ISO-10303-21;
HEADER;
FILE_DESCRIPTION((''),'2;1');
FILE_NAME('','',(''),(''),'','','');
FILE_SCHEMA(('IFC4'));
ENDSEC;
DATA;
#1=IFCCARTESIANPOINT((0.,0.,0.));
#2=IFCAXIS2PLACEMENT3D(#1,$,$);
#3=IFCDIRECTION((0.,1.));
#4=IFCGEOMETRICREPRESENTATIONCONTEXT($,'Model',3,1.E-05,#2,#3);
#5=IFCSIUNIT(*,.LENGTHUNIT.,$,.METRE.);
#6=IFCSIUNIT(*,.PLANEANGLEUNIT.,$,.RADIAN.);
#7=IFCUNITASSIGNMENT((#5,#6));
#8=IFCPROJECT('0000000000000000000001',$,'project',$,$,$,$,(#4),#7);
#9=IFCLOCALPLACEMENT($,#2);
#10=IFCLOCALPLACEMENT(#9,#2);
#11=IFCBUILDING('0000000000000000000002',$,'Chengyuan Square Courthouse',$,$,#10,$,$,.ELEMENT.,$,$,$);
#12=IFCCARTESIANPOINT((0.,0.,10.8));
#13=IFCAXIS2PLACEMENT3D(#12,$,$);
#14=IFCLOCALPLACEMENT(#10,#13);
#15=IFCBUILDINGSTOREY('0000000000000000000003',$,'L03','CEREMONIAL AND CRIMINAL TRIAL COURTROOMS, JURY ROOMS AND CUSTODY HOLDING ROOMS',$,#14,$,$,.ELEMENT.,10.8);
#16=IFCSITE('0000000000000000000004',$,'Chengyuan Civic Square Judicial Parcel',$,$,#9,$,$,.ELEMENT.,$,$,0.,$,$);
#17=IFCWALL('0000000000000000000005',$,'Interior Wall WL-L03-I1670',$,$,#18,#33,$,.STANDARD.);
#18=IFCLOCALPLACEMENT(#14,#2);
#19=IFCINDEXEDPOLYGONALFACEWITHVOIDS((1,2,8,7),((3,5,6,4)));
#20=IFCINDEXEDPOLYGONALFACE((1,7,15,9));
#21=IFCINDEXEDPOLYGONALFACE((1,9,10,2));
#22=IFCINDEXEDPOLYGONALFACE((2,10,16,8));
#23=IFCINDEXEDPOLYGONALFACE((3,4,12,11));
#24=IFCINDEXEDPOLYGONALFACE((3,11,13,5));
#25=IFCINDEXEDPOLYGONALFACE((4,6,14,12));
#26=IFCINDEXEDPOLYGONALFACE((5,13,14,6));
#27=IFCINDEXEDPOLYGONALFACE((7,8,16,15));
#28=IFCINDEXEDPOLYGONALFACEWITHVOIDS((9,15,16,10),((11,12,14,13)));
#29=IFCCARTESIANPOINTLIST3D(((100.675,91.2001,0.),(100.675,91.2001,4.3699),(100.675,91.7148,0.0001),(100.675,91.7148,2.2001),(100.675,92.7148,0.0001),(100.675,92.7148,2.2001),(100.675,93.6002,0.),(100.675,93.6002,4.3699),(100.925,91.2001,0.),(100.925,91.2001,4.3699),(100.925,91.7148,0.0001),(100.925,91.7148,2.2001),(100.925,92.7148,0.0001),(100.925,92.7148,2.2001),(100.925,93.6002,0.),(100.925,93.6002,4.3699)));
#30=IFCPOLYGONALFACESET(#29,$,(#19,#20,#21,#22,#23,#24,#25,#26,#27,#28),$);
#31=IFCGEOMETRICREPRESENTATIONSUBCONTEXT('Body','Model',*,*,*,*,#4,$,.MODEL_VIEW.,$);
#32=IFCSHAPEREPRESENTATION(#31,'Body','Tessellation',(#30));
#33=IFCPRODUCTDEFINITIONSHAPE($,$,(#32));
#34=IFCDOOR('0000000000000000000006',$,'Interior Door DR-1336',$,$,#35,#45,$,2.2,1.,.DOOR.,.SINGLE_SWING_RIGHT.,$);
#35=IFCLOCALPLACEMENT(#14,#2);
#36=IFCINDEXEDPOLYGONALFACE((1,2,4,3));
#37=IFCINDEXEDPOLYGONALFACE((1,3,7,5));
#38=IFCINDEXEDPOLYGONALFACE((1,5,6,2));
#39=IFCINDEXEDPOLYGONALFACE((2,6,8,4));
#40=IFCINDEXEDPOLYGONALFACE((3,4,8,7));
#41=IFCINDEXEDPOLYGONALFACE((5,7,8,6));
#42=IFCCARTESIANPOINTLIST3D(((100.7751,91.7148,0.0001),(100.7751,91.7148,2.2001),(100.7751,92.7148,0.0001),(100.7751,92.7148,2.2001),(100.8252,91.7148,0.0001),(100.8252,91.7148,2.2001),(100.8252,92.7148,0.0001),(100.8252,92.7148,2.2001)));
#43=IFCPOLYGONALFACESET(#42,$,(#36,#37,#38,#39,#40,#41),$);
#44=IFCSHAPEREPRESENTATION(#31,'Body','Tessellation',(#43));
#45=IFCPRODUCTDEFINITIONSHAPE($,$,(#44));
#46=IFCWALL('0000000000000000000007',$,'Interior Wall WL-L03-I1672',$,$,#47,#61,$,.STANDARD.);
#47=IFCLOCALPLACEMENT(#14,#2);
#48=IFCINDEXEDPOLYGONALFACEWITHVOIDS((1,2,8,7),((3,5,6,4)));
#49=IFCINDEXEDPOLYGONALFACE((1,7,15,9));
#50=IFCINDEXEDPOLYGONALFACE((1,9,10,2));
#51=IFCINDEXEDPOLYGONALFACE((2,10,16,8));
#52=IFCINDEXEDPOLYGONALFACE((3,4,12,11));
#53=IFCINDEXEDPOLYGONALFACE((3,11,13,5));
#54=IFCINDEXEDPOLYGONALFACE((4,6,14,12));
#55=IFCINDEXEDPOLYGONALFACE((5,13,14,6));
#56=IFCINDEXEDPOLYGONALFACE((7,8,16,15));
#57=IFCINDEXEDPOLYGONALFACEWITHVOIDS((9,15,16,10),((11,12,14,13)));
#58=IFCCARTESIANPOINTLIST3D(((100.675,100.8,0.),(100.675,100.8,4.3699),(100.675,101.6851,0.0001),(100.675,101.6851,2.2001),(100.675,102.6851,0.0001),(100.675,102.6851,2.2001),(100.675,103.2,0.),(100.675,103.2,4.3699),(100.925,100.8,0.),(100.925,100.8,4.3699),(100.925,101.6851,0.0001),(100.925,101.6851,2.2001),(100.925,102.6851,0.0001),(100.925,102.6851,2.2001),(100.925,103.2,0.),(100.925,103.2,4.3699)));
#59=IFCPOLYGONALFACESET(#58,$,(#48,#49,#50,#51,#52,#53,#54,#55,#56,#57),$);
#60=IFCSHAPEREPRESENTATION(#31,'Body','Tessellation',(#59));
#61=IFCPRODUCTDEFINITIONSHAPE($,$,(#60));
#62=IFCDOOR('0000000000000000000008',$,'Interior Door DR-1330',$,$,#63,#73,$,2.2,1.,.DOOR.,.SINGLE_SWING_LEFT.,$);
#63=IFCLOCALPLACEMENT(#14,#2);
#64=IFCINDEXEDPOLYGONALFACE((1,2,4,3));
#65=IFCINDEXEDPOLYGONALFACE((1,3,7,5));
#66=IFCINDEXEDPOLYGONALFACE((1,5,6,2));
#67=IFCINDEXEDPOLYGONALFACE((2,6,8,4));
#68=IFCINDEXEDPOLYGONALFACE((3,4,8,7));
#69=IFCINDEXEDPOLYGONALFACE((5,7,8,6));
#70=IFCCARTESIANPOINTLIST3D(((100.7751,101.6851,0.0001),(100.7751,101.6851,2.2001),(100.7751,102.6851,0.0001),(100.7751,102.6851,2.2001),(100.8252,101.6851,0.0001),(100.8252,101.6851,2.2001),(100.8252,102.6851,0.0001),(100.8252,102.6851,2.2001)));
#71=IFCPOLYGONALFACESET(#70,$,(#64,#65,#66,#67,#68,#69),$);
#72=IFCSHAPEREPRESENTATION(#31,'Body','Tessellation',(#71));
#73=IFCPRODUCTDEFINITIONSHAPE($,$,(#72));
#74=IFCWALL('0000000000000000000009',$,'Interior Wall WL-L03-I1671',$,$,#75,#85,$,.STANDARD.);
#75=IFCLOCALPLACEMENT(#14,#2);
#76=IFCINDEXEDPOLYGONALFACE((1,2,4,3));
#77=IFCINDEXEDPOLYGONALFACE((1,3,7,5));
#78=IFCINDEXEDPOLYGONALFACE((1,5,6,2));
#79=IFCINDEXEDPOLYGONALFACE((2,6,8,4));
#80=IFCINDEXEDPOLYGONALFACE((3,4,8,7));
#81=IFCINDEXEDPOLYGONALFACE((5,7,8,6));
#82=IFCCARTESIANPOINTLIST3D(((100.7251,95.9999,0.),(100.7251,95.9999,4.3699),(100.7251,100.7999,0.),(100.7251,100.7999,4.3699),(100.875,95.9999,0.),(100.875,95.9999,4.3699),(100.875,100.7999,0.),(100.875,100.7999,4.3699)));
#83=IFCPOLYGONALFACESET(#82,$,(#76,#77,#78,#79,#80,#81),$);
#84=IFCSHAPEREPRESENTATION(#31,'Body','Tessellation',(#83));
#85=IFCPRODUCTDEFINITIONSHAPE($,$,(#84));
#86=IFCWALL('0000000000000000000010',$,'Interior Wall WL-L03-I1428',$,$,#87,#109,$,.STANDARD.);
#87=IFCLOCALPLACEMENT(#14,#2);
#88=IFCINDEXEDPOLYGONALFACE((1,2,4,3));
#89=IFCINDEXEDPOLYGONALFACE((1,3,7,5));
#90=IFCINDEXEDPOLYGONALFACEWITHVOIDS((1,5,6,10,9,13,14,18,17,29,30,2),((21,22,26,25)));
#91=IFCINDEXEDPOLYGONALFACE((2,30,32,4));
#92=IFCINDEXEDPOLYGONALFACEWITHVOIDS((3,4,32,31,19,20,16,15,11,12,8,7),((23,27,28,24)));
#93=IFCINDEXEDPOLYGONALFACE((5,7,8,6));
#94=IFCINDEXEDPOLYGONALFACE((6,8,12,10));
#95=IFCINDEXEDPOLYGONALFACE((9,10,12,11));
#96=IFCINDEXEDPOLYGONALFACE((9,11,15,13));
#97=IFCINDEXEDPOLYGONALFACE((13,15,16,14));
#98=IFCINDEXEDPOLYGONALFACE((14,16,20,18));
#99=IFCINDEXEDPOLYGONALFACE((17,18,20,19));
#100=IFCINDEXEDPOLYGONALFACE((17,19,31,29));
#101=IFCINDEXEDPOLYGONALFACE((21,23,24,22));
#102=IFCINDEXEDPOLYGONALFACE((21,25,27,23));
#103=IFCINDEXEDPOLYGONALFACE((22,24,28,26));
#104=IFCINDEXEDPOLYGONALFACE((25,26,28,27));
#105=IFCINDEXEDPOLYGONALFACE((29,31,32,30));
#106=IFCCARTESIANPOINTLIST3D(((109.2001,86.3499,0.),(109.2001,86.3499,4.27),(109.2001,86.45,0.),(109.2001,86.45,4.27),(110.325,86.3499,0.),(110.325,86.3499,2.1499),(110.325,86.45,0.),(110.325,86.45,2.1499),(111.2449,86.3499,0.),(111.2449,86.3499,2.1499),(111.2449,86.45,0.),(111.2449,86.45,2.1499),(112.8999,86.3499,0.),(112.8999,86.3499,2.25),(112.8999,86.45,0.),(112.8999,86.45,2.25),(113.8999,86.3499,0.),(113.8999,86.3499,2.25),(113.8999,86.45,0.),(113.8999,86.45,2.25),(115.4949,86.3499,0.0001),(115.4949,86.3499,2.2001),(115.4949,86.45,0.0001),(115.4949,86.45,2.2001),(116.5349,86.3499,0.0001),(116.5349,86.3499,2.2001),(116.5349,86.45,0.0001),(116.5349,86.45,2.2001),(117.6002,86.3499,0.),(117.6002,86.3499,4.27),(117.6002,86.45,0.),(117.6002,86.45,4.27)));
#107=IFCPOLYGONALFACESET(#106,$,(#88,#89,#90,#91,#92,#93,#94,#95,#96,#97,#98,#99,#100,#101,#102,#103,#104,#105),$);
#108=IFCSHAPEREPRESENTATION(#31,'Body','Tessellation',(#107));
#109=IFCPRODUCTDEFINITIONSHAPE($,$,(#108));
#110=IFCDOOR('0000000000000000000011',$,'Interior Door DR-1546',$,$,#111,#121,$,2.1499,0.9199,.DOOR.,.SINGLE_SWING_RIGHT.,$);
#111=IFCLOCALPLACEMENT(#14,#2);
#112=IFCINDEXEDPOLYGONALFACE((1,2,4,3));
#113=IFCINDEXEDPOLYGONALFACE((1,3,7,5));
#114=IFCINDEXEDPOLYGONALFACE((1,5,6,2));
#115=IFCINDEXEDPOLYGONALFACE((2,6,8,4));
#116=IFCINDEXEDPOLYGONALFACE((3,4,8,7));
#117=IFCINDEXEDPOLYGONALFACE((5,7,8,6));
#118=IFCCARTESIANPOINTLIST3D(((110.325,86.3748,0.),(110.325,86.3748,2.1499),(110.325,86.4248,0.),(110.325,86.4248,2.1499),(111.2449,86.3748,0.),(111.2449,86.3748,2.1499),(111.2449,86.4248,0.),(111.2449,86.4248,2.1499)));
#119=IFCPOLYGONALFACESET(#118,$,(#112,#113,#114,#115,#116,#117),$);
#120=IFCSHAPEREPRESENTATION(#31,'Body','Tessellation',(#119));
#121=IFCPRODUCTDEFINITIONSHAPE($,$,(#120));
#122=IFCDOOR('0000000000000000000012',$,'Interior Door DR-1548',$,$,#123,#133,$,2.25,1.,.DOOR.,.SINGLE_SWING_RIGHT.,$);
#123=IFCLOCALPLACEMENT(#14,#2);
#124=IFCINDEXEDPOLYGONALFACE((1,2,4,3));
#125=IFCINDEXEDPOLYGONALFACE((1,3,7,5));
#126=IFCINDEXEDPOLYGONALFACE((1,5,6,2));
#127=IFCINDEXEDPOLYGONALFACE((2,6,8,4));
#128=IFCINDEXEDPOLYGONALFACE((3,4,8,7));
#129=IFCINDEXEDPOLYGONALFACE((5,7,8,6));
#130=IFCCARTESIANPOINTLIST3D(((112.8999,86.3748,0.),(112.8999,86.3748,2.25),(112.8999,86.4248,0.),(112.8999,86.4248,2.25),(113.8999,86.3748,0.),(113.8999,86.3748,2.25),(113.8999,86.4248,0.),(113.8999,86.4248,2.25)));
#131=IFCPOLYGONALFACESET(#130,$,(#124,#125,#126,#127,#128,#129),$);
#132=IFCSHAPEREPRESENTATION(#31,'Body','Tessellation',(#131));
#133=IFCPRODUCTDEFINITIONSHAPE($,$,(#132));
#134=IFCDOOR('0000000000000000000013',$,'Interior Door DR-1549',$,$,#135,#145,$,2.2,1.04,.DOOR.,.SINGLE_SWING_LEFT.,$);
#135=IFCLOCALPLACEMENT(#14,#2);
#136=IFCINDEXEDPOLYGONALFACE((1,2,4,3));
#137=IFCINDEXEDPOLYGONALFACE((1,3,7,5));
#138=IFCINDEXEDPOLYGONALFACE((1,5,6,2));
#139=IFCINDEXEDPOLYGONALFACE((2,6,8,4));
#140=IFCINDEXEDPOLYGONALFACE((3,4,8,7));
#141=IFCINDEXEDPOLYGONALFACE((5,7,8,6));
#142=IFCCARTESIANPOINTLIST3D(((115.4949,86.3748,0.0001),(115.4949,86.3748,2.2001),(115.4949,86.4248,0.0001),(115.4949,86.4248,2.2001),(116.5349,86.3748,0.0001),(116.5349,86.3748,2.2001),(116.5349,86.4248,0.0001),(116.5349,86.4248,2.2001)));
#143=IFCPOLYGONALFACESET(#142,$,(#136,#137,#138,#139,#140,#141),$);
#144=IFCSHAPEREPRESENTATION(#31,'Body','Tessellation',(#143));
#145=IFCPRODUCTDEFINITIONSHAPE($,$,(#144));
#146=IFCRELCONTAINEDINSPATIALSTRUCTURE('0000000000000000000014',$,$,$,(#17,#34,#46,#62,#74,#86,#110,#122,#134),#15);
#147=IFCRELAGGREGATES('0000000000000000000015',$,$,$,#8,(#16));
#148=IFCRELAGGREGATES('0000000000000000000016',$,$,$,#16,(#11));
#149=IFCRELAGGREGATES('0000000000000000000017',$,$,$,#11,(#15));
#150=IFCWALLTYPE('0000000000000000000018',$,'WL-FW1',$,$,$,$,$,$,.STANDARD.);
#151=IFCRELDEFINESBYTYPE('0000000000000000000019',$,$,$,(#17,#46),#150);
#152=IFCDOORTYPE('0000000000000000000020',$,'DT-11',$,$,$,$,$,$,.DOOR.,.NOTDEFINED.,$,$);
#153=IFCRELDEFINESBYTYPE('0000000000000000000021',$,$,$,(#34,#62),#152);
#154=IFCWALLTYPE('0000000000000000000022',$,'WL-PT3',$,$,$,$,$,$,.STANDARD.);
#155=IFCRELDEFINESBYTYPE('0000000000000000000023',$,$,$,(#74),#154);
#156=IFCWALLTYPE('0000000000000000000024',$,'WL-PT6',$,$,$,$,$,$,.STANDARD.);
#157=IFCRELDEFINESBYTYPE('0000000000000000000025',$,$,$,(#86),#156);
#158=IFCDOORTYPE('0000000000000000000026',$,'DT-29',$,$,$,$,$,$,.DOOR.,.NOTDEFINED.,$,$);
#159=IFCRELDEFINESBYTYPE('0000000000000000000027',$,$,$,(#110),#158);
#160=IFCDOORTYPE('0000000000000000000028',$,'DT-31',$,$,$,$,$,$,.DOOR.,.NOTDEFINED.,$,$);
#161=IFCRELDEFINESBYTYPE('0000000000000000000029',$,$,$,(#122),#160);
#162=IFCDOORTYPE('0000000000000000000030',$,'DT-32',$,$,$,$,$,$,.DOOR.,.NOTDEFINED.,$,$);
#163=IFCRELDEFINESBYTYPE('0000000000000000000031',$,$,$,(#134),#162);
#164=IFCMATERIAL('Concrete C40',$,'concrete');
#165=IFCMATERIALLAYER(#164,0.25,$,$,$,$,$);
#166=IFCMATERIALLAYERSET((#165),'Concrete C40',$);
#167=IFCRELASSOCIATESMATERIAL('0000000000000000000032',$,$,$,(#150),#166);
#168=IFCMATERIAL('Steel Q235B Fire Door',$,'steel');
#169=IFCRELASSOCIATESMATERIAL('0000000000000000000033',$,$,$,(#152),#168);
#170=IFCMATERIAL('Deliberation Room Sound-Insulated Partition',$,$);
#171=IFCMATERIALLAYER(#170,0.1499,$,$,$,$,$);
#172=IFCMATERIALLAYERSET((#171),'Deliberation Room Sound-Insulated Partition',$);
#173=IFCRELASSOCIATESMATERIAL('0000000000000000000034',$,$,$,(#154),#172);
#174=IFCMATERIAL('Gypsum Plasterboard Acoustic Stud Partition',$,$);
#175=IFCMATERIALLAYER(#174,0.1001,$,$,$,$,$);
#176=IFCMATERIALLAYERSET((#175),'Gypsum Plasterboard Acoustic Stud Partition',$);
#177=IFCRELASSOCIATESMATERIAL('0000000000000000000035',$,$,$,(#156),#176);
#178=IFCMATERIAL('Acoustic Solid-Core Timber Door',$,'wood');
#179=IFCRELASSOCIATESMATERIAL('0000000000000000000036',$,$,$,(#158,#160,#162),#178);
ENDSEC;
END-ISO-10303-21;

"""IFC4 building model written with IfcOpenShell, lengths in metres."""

from ifc_helpers import new_model, si_unit, direction, frame, frame_2d, origin, place, context, subcontext, project, spatial, rectangle, extrude, material, layer, layer_set, type_object, element, fill, save


model = new_model("IFC4")

# Units and contexts
model_context = context("Model", 3, precision=1e-05, world=origin(), true_north=direction((0.0, 1.0)))
body_context = subcontext(model_context, "Body", "Model", "MODEL_VIEW")
ifc_project = project(units=[si_unit("LENGTHUNIT", "METRE"), si_unit("PLANEANGLEUNIT", "RADIAN")], contexts=[model_context])

# Site, building, storey
site_placement = place(None, origin())
site = spatial("IfcSite", under=ifc_project, at=site_placement, Name="Chengyuan Civic Square Judicial Parcel", CompositionType="ELEMENT", RefElevation=0.0)
building_placement = place(site_placement, origin())
building = spatial("IfcBuilding", under=site, at=building_placement, Name="Chengyuan Square Courthouse", CompositionType="ELEMENT")
storey_placement = place(building_placement, frame((0.0, 0.0, 10.8)))
storey = spatial("IfcBuildingStorey", under=building, at=storey_placement, Name="L03", Description="CEREMONIAL AND CRIMINAL TRIAL COURTROOMS, JURY ROOMS AND CUSTODY HOLDING ROOMS", CompositionType="ELEMENT", Elevation=10.8)

# Shared definitions
ifc_material_1 = material(Name="Concrete C40", Category="concrete")

# Walls, openings, doors
ifc_layer_1 = layer(ifc_material_1, 0.25)
ifc_layer_set_1 = layer_set([ifc_layer_1], Name="Concrete C40")
wall_type_1 = type_object("IfcWallType", Name="WL-FW1", PredefinedType="STANDARD", material=ifc_layer_set_1)
wall_1_placement = place(storey_placement, frame((100.8, 91.2, 0.0), z_axis=(0.0, 0.0, 1.0), x_axis=(0.0, 1.0, 0.0)))
wall_1 = element("IfcWall", 1, at=wall_1_placement, inside=storey, type_object=wall_type_1, Name="Interior Wall WL-L03-I1670", PredefinedType="STANDARD", context=body_context, shape_type="SweptSolid", body=[
    extrude(rectangle(XDim=2.4001, YDim=0.25, at=frame_2d((1.2002, 0.0))), origin(), (0.0, 0.0, 1.0), 4.3699),
])
opening_1_placement = place(wall_1_placement, frame((0.5149, 0.0, 0.0)))
opening_1 = element("IfcOpeningElement", 2, at=opening_1_placement, cuts=wall_1, PredefinedType="OPENING", context=body_context, shape_type="SweptSolid", body=[
    extrude(rectangle(XDim=1.0, YDim=2.2, at=frame_2d((0.5, 1.1001))), frame((0.0, 0.137, 0.0), z_axis=(0.0, -1.0, 0.0), x_axis=(1.0, 0.0, 0.0)), (0.0, 0.0, 1.0), 0.2739),
])
ifc_material_2 = material(Name="Steel Q235B Fire Door", Category="steel")
door_type_1 = type_object("IfcDoorType", Name="DT-11", OperationType="NOTDEFINED", PredefinedType="DOOR", material=ifc_material_2)
door_1_placement = place(opening_1_placement, origin())
door_1 = element("IfcDoor", 3, at=door_1_placement, inside=storey, type_object=door_type_1, Name="Interior Door DR-1336", OperationType="SINGLE_SWING_RIGHT", OverallHeight=2.2, OverallWidth=1.0, PredefinedType="DOOR", context=body_context, shape_type="SweptSolid", body=[
    extrude(rectangle(XDim=1.0, YDim=2.2, at=frame_2d((0.5, 1.1001))), frame((0.0, 0.0249, 0.0), z_axis=(0.0, -1.0, 0.0), x_axis=(1.0, 0.0, 0.0)), (0.0, 0.0, 1.0), 0.05),
])
fill(opening_1, door_1)
wall_2_placement = place(storey_placement, frame((100.8, 100.8, 0.0), z_axis=(0.0, 0.0, 1.0), x_axis=(0.0, 1.0, 0.0)))
wall_2 = element("IfcWall", 4, at=wall_2_placement, inside=storey, type_object=wall_type_1, Name="Interior Wall WL-L03-I1672", PredefinedType="STANDARD", context=body_context, shape_type="SweptSolid", body=[
    extrude(rectangle(XDim=2.3999, YDim=0.25, at=frame_2d((1.2, 0.0))), origin(), (0.0, 0.0, 1.0), 4.3699),
])
opening_2_placement = place(wall_2_placement, frame((0.885, 0.0, 0.0)))
opening_2 = element("IfcOpeningElement", 5, at=opening_2_placement, cuts=wall_2, PredefinedType="OPENING", context=body_context, shape_type="SweptSolid", body=[
    extrude(rectangle(XDim=1.0, YDim=2.2, at=frame_2d((0.5, 1.1001))), frame((0.0, 0.137, 0.0), z_axis=(0.0, -1.0, 0.0), x_axis=(1.0, 0.0, 0.0)), (0.0, 0.0, 1.0), 0.2739),
])
door_2_placement = place(opening_2_placement, origin())
door_2 = element("IfcDoor", 6, at=door_2_placement, inside=storey, type_object=door_type_1, Name="Interior Door DR-1330", OperationType="SINGLE_SWING_LEFT", OverallHeight=2.2, OverallWidth=1.0, PredefinedType="DOOR", context=body_context, shape_type="SweptSolid", body=[
    extrude(rectangle(XDim=1.0, YDim=2.2, at=frame_2d((0.5, 1.1001))), frame((0.0, 0.0249, 0.0), z_axis=(0.0, -1.0, 0.0), x_axis=(1.0, 0.0, 0.0)), (0.0, 0.0, 1.0), 0.05),
])
fill(opening_2, door_2)

# Wall
ifc_material_3 = material(Name="Deliberation Room Sound-Insulated Partition")
ifc_layer_2 = layer(ifc_material_3, 0.1499)
ifc_layer_set_2 = layer_set([ifc_layer_2], Name="Deliberation Room Sound-Insulated Partition")
wall_type_2 = type_object("IfcWallType", Name="WL-PT3", PredefinedType="STANDARD", material=ifc_layer_set_2)
wall_3_placement = place(storey_placement, frame((100.8, 96.0, 0.0), z_axis=(0.0, 0.0, 1.0), x_axis=(0.0, 1.0, 0.0)))
element("IfcWall", 7, at=wall_3_placement, inside=storey, type_object=wall_type_2, Name="Interior Wall WL-L03-I1671", PredefinedType="STANDARD", context=body_context, shape_type="SweptSolid", body=[
    extrude(rectangle(XDim=4.8, YDim=0.1499, at=frame_2d((2.3999, 0.0))), origin(), (0.0, 0.0, 1.0), 4.3699),
])

# Wall, openings, doors
ifc_material_4 = material(Name="Gypsum Plasterboard Acoustic Stud Partition")
ifc_layer_3 = layer(ifc_material_4, 0.1001)
ifc_layer_set_3 = layer_set([ifc_layer_3], Name="Gypsum Plasterboard Acoustic Stud Partition")
wall_type_3 = type_object("IfcWallType", Name="WL-PT6", PredefinedType="STANDARD", material=ifc_layer_set_3)
wall_4_placement = place(storey_placement, frame((109.2, 86.3999, 0.0), z_axis=(0.0, 0.0, 1.0), x_axis=(1.0, 0.0, 0.0)))
wall_4 = element("IfcWall", 8, at=wall_4_placement, inside=storey, type_object=wall_type_3, Name="Interior Wall WL-L03-I1428", PredefinedType="STANDARD", context=body_context, shape_type="SweptSolid", body=[
    extrude(rectangle(XDim=8.4001, YDim=0.1001, at=frame_2d((4.2002, 0.0))), origin(), (0.0, 0.0, 1.0), 4.27),
])
opening_3_placement = place(wall_4_placement, frame((1.125, 0.0, 0.0)))
opening_3 = element("IfcOpeningElement", 9, at=opening_3_placement, cuts=wall_4, PredefinedType="OPENING", context=body_context, shape_type="SweptSolid", body=[
    extrude(rectangle(XDim=0.9199, YDim=2.1499, at=frame_2d((0.46, 1.075))), frame((0.0, 0.062, 0.0), z_axis=(0.0, -1.0, 0.0), x_axis=(1.0, 0.0, 0.0)), (0.0, 0.0, 1.0), 0.124),
])
opening_4_placement = place(wall_4_placement, frame((3.7, 0.0, 0.0)))
opening_4 = element("IfcOpeningElement", 10, at=opening_4_placement, cuts=wall_4, PredefinedType="OPENING", context=body_context, shape_type="SweptSolid", body=[
    extrude(rectangle(XDim=1.0, YDim=2.25, at=frame_2d((0.5, 1.125))), frame((0.0, 0.062, 0.0), z_axis=(0.0, -1.0, 0.0), x_axis=(1.0, 0.0, 0.0)), (0.0, 0.0, 1.0), 0.124),
])
opening_5_placement = place(wall_4_placement, frame((6.2949, 0.0, 0.0)))
opening_5 = element("IfcOpeningElement", 11, at=opening_5_placement, cuts=wall_4, PredefinedType="OPENING", context=body_context, shape_type="SweptSolid", body=[
    extrude(rectangle(XDim=1.04, YDim=2.2, at=frame_2d((0.52, 1.1001))), frame((0.0, 0.062, 0.0), z_axis=(0.0, -1.0, 0.0), x_axis=(1.0, 0.0, 0.0)), (0.0, 0.0, 1.0), 0.124),
])
ifc_material_5 = material(Name="Acoustic Solid-Core Timber Door", Category="wood")
door_type_2 = type_object("IfcDoorType", Name="DT-29", OperationType="NOTDEFINED", PredefinedType="DOOR", material=ifc_material_5)
door_3_placement = place(opening_3_placement, origin())
door_3 = element("IfcDoor", 12, at=door_3_placement, inside=storey, type_object=door_type_2, Name="Interior Door DR-1546", OperationType="SINGLE_SWING_RIGHT", OverallHeight=2.1499, OverallWidth=0.9199, PredefinedType="DOOR", context=body_context, shape_type="SweptSolid", body=[
    extrude(rectangle(XDim=0.9199, YDim=2.1499, at=frame_2d((0.46, 1.075))), frame((0.0, 0.0249, 0.0), z_axis=(0.0, -1.0, 0.0), x_axis=(1.0, 0.0, 0.0)), (0.0, 0.0, 1.0), 0.05),
])
fill(opening_3, door_3)
door_type_3 = type_object("IfcDoorType", Name="DT-31", OperationType="NOTDEFINED", PredefinedType="DOOR", material=ifc_material_5)
door_4_placement = place(opening_4_placement, origin())
door_4 = element("IfcDoor", 13, at=door_4_placement, inside=storey, type_object=door_type_3, Name="Interior Door DR-1548", OperationType="SINGLE_SWING_RIGHT", OverallHeight=2.25, OverallWidth=1.0, PredefinedType="DOOR", context=body_context, shape_type="SweptSolid", body=[
    extrude(rectangle(XDim=1.0, YDim=2.25, at=frame_2d((0.5, 1.125))), frame((0.0, 0.0249, 0.0), z_axis=(0.0, -1.0, 0.0), x_axis=(1.0, 0.0, 0.0)), (0.0, 0.0, 1.0), 0.05),
])
fill(opening_4, door_4)
door_type_4 = type_object("IfcDoorType", Name="DT-32", OperationType="NOTDEFINED", PredefinedType="DOOR", material=ifc_material_5)
door_5_placement = place(opening_5_placement, origin())
door_5 = element("IfcDoor", 14, at=door_5_placement, inside=storey, type_object=door_type_4, Name="Interior Door DR-1549", OperationType="SINGLE_SWING_LEFT", OverallHeight=2.2, OverallWidth=1.04, PredefinedType="DOOR", context=body_context, shape_type="SweptSolid", body=[
    extrude(rectangle(XDim=1.04, YDim=2.2, at=frame_2d((0.52, 1.1001))), frame((0.0, 0.0249, 0.0), z_axis=(0.0, -1.0, 0.0), x_axis=(1.0, 0.0, 0.0)), (0.0, 0.0, 1.0), 0.05),
])
fill(opening_5, door_5)

save(model, "model.ifc")
